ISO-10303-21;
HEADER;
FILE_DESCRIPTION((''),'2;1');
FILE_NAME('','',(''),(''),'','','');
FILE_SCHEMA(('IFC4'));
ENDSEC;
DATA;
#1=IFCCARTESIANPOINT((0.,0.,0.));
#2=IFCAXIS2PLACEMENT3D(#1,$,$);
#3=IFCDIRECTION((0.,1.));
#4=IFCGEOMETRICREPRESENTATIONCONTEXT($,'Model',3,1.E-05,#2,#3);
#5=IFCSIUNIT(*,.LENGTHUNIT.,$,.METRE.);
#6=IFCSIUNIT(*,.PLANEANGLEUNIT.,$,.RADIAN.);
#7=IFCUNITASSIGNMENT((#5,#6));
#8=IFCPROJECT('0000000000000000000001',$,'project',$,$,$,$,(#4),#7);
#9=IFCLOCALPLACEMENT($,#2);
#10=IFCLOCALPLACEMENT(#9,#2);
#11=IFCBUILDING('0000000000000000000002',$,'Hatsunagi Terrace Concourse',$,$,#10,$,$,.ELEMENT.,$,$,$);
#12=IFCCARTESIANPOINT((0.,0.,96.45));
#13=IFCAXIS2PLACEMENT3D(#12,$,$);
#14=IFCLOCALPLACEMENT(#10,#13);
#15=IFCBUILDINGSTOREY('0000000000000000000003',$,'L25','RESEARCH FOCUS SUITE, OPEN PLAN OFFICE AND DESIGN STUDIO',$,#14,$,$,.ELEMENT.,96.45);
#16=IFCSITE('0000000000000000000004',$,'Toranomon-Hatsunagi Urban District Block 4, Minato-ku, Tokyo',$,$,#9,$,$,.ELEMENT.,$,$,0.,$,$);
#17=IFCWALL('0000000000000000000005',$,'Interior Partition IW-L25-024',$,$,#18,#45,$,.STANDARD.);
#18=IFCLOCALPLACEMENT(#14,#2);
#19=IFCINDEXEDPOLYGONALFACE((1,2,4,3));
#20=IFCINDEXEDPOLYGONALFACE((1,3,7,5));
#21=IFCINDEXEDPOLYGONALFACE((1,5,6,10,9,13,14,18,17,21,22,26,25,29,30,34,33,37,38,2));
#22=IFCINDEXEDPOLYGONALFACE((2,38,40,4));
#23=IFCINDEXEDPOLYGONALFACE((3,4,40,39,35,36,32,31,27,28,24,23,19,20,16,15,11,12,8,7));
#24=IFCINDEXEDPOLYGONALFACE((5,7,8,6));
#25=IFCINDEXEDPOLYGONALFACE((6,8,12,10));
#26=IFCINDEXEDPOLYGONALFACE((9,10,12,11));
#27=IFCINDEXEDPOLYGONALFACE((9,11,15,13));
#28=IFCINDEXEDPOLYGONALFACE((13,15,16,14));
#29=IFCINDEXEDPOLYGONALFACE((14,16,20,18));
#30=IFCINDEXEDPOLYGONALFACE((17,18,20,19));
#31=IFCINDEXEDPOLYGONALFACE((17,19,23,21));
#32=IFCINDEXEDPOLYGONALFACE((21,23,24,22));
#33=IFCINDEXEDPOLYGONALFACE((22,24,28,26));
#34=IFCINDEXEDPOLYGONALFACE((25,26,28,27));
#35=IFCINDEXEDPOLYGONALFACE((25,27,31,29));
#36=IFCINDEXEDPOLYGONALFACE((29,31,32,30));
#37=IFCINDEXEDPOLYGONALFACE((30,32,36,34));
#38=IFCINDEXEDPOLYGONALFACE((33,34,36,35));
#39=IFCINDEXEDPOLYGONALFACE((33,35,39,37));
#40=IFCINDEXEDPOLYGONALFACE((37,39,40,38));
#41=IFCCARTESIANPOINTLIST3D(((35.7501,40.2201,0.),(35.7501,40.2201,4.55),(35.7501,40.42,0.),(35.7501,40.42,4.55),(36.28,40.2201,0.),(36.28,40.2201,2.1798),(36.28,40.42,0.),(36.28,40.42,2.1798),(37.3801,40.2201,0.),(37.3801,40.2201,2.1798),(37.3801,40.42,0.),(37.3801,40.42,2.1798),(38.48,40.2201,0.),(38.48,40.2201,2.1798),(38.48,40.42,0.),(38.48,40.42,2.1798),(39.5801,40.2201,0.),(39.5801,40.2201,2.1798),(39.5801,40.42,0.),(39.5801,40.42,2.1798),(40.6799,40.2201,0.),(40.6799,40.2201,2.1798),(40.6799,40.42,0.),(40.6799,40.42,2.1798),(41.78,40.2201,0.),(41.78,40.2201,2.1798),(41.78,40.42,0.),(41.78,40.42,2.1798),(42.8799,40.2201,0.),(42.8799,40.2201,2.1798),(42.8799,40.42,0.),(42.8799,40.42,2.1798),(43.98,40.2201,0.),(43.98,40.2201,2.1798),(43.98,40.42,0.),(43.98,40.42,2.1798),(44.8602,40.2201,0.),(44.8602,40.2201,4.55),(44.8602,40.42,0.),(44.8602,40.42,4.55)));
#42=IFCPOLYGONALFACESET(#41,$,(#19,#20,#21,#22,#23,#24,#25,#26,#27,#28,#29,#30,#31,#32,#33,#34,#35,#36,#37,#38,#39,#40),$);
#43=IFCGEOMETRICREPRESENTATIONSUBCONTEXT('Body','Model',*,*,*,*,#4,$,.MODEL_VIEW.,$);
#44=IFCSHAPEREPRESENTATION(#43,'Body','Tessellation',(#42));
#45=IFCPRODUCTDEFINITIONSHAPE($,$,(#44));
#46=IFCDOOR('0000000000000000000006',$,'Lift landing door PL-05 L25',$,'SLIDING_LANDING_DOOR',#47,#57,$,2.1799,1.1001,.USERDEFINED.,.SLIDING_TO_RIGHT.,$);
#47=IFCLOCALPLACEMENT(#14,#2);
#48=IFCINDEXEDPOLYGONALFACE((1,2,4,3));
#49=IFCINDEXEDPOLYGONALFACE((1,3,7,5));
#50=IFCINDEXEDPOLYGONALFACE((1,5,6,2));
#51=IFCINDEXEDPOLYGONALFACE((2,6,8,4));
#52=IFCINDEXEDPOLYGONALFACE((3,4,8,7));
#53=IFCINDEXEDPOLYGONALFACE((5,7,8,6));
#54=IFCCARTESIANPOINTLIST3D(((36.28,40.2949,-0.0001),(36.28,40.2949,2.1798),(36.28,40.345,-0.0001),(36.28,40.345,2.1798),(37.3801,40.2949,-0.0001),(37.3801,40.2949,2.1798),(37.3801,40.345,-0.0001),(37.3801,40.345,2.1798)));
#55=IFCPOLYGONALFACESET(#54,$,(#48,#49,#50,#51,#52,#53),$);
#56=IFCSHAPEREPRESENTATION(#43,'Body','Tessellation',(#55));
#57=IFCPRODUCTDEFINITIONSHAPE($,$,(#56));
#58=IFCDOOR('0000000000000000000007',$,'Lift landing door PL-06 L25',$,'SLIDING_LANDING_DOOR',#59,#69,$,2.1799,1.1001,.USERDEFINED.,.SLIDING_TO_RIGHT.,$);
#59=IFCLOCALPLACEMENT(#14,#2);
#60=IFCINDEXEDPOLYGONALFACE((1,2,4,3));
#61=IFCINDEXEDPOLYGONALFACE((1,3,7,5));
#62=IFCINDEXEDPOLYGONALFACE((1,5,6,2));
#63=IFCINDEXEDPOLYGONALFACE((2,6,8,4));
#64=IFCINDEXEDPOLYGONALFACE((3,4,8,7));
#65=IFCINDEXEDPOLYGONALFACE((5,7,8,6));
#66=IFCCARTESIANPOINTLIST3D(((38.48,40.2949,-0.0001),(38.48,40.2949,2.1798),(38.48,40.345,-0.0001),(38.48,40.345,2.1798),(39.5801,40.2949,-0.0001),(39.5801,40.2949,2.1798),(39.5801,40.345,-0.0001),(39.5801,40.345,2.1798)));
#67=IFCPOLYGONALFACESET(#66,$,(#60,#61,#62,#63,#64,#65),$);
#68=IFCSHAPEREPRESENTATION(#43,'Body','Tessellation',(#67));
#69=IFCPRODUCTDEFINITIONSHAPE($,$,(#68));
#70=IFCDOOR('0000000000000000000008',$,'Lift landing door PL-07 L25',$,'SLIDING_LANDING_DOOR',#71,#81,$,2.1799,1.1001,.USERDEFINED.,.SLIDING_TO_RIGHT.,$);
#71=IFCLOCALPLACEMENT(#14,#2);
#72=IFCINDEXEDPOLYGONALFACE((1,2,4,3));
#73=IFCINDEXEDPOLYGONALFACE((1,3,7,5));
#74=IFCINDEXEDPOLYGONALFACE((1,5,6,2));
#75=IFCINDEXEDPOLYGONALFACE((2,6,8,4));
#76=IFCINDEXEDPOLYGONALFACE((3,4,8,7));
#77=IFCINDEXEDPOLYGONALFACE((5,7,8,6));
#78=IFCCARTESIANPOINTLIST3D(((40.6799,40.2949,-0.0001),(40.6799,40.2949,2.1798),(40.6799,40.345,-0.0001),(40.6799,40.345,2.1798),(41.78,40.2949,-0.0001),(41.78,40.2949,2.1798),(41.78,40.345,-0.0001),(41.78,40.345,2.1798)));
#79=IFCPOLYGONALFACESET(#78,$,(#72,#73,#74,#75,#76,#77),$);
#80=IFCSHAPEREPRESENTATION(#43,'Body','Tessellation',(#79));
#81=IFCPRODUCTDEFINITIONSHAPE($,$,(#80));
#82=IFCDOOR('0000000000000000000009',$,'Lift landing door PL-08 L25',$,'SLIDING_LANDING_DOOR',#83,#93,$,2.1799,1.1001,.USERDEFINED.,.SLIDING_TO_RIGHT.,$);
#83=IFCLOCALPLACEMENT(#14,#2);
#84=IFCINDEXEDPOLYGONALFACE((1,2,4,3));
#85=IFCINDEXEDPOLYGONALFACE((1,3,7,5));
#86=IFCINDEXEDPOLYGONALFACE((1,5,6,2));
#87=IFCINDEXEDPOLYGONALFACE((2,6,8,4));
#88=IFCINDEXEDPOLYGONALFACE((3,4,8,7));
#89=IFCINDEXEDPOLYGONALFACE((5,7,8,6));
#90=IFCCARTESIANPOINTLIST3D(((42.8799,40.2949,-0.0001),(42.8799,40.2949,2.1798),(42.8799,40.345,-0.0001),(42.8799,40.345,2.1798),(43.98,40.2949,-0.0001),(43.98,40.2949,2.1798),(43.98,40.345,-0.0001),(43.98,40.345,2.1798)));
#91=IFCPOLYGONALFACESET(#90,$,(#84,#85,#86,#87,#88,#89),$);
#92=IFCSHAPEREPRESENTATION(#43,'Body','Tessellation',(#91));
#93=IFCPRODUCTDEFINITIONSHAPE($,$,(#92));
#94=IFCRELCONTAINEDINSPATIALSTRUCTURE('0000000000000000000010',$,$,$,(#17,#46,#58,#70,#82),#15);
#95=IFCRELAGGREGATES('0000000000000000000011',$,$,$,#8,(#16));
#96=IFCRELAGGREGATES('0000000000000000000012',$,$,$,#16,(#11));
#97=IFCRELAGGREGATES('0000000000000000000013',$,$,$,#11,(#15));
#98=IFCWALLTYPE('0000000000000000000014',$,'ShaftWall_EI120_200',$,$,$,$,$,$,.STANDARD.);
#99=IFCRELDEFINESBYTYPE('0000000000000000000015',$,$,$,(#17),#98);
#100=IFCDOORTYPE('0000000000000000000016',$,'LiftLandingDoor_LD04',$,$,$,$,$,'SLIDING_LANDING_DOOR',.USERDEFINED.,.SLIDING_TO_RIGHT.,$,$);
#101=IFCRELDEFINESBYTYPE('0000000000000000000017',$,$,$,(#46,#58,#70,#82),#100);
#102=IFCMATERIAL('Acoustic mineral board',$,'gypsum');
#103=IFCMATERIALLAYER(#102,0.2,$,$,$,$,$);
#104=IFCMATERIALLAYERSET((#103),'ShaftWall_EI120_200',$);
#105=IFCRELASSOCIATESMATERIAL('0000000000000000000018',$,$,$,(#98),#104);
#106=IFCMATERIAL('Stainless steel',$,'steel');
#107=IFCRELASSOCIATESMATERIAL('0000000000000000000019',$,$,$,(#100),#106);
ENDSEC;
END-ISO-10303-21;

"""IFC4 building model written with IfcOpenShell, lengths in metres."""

from ifc_helpers import new_model, si_unit, direction, frame, frame_2d, origin, place, context, subcontext, project, spatial, rectangle, extrude, material, layer, layer_set, type_object, element, fill, save


model = new_model("IFC4")

# Units and contexts
model_context = context("Model", 3, precision=1e-05, world=origin(), true_north=direction((0.0, 1.0)))
body_context = subcontext(model_context, "Body", "Model", "MODEL_VIEW")
ifc_project = project(units=[si_unit("LENGTHUNIT", "METRE"), si_unit("PLANEANGLEUNIT", "RADIAN")], contexts=[model_context])

# Site, building, storey
site_placement = place(None, origin())
site = spatial("IfcSite", under=ifc_project, at=site_placement, Name="Toranomon-Hatsunagi Urban District Block 4, Minato-ku, Tokyo", CompositionType="ELEMENT", RefElevation=0.0)
building_placement = place(site_placement, origin())
building = spatial("IfcBuilding", under=site, at=building_placement, Name="Hatsunagi Terrace Concourse", CompositionType="ELEMENT")
storey_placement = place(building_placement, frame((0.0, 0.0, 96.45)))
storey = spatial("IfcBuildingStorey", under=building, at=storey_placement, Name="L25", Description="RESEARCH FOCUS SUITE, OPEN PLAN OFFICE AND DESIGN STUDIO", CompositionType="ELEMENT", Elevation=96.45)

# Shared definitions
ifc_material_1 = material(Name="Acoustic mineral board", Category="gypsum")
ifc_layer_1 = layer(ifc_material_1, 0.2)
ifc_layer_set_1 = layer_set([ifc_layer_1], Name="ShaftWall_EI120_200")
wall_type_1 = type_object("IfcWallType", Name="ShaftWall_EI120_200", PredefinedType="STANDARD", material=ifc_layer_set_1)

# Wall, openings, doors
wall_1_placement = place(storey_placement, frame((35.75, 40.3201, 0.0), z_axis=(0.0, 0.0, 1.0), x_axis=(1.0, 0.0, 0.0)))
wall_1 = element("IfcWall", 1, at=wall_1_placement, inside=storey, type_object=wall_type_1, Name="Interior Partition IW-L25-024", PredefinedType="STANDARD", context=body_context, shape_type="SweptSolid", body=[
    extrude(rectangle(XDim=9.1101, YDim=0.2, at=frame_2d((4.5552, 0.0))), origin(), (0.0, 0.0, 1.0), 4.55),
])
opening_1_placement = place(wall_1_placement, frame((0.53, 0.0, 0.0)))
opening_1 = element("IfcOpeningElement", 2, at=opening_1_placement, cuts=wall_1, PredefinedType="OPENING", context=body_context, shape_type="SweptSolid", body=[
    extrude(rectangle(XDim=1.1001, YDim=2.1799, at=frame_2d((0.55, 1.0898))), frame((0.0, 0.1099, 0.0), z_axis=(0.0, -1.0, 0.0), x_axis=(1.0, 0.0, 0.0)), (0.0, 0.0, 1.0), 0.22),
])
opening_2_placement = place(wall_1_placement, frame((2.73, 0.0, 0.0)))
opening_2 = element("IfcOpeningElement", 3, at=opening_2_placement, cuts=wall_1, PredefinedType="OPENING", context=body_context, shape_type="SweptSolid", body=[
    extrude(rectangle(XDim=1.1001, YDim=2.1799, at=frame_2d((0.55, 1.0898))), frame((0.0, 0.1099, 0.0), z_axis=(0.0, -1.0, 0.0), x_axis=(1.0, 0.0, 0.0)), (0.0, 0.0, 1.0), 0.22),
])
opening_3_placement = place(wall_1_placement, frame((4.9299, 0.0, 0.0)))
opening_3 = element("IfcOpeningElement", 4, at=opening_3_placement, cuts=wall_1, PredefinedType="OPENING", context=body_context, shape_type="SweptSolid", body=[
    extrude(rectangle(XDim=1.1001, YDim=2.1799, at=frame_2d((0.55, 1.0898))), frame((0.0, 0.1099, 0.0), z_axis=(0.0, -1.0, 0.0), x_axis=(1.0, 0.0, 0.0)), (0.0, 0.0, 1.0), 0.22),
])
opening_4_placement = place(wall_1_placement, frame((7.1299, 0.0, 0.0)))
opening_4 = element("IfcOpeningElement", 5, at=opening_4_placement, cuts=wall_1, PredefinedType="OPENING", context=body_context, shape_type="SweptSolid", body=[
    extrude(rectangle(XDim=1.1001, YDim=2.1799, at=frame_2d((0.55, 1.0898))), frame((0.0, 0.1099, 0.0), z_axis=(0.0, -1.0, 0.0), x_axis=(1.0, 0.0, 0.0)), (0.0, 0.0, 1.0), 0.22),
])
ifc_material_2 = material(Name="Stainless steel", Category="steel")
door_type_1 = type_object("IfcDoorType", Name="LiftLandingDoor_LD04", ElementType="SLIDING_LANDING_DOOR", OperationType="SLIDING_TO_RIGHT", PredefinedType="USERDEFINED", material=ifc_material_2)
door_1_placement = place(opening_1_placement, origin())
door_1 = element("IfcDoor", 6, at=door_1_placement, inside=storey, type_object=door_type_1, Name="Lift landing door PL-05 L25", ObjectType="SLIDING_LANDING_DOOR", OperationType="SLIDING_TO_RIGHT", OverallHeight=2.1799, OverallWidth=1.1001, PredefinedType="USERDEFINED", context=body_context, shape_type="SweptSolid", body=[
    extrude(rectangle(XDim=1.1001, YDim=2.1799, at=frame_2d((0.55, 1.0898))), frame((0.0, 0.0249, 0.0), z_axis=(0.0, -1.0, 0.0), x_axis=(1.0, 0.0, 0.0)), (0.0, 0.0, 1.0), 0.05),
])
fill(opening_1, door_1)
door_2_placement = place(opening_2_placement, origin())
door_2 = element("IfcDoor", 7, at=door_2_placement, inside=storey, type_object=door_type_1, Name="Lift landing door PL-06 L25", ObjectType="SLIDING_LANDING_DOOR", OperationType="SLIDING_TO_RIGHT", OverallHeight=2.1799, OverallWidth=1.1001, PredefinedType="USERDEFINED", context=body_context, shape_type="SweptSolid", body=[
    extrude(rectangle(XDim=1.1001, YDim=2.1799, at=frame_2d((0.55, 1.0898))), frame((0.0, 0.0249, 0.0), z_axis=(0.0, -1.0, 0.0), x_axis=(1.0, 0.0, 0.0)), (0.0, 0.0, 1.0), 0.05),
])
fill(opening_2, door_2)
door_3_placement = place(opening_3_placement, origin())
door_3 = element("IfcDoor", 8, at=door_3_placement, inside=storey, type_object=door_type_1, Name="Lift landing door PL-07 L25", ObjectType="SLIDING_LANDING_DOOR", OperationType="SLIDING_TO_RIGHT", OverallHeight=2.1799, OverallWidth=1.1001, PredefinedType="USERDEFINED", context=body_context, shape_type="SweptSolid", body=[
    extrude(rectangle(XDim=1.1001, YDim=2.1799, at=frame_2d((0.55, 1.0898))), frame((0.0, 0.0249, 0.0), z_axis=(0.0, -1.0, 0.0), x_axis=(1.0, 0.0, 0.0)), (0.0, 0.0, 1.0), 0.05),
])
fill(opening_3, door_3)
door_4_placement = place(opening_4_placement, origin())
door_4 = element("IfcDoor", 9, at=door_4_placement, inside=storey, type_object=door_type_1, Name="Lift landing door PL-08 L25", ObjectType="SLIDING_LANDING_DOOR", OperationType="SLIDING_TO_RIGHT", OverallHeight=2.1799, OverallWidth=1.1001, PredefinedType="USERDEFINED", context=body_context, shape_type="SweptSolid", body=[
    extrude(rectangle(XDim=1.1001, YDim=2.1799, at=frame_2d((0.55, 1.0898))), frame((0.0, 0.0249, 0.0), z_axis=(0.0, -1.0, 0.0), x_axis=(1.0, 0.0, 0.0)), (0.0, 0.0, 1.0), 0.05),
])
fill(opening_4, door_4)

save(model, "model.ifc")
